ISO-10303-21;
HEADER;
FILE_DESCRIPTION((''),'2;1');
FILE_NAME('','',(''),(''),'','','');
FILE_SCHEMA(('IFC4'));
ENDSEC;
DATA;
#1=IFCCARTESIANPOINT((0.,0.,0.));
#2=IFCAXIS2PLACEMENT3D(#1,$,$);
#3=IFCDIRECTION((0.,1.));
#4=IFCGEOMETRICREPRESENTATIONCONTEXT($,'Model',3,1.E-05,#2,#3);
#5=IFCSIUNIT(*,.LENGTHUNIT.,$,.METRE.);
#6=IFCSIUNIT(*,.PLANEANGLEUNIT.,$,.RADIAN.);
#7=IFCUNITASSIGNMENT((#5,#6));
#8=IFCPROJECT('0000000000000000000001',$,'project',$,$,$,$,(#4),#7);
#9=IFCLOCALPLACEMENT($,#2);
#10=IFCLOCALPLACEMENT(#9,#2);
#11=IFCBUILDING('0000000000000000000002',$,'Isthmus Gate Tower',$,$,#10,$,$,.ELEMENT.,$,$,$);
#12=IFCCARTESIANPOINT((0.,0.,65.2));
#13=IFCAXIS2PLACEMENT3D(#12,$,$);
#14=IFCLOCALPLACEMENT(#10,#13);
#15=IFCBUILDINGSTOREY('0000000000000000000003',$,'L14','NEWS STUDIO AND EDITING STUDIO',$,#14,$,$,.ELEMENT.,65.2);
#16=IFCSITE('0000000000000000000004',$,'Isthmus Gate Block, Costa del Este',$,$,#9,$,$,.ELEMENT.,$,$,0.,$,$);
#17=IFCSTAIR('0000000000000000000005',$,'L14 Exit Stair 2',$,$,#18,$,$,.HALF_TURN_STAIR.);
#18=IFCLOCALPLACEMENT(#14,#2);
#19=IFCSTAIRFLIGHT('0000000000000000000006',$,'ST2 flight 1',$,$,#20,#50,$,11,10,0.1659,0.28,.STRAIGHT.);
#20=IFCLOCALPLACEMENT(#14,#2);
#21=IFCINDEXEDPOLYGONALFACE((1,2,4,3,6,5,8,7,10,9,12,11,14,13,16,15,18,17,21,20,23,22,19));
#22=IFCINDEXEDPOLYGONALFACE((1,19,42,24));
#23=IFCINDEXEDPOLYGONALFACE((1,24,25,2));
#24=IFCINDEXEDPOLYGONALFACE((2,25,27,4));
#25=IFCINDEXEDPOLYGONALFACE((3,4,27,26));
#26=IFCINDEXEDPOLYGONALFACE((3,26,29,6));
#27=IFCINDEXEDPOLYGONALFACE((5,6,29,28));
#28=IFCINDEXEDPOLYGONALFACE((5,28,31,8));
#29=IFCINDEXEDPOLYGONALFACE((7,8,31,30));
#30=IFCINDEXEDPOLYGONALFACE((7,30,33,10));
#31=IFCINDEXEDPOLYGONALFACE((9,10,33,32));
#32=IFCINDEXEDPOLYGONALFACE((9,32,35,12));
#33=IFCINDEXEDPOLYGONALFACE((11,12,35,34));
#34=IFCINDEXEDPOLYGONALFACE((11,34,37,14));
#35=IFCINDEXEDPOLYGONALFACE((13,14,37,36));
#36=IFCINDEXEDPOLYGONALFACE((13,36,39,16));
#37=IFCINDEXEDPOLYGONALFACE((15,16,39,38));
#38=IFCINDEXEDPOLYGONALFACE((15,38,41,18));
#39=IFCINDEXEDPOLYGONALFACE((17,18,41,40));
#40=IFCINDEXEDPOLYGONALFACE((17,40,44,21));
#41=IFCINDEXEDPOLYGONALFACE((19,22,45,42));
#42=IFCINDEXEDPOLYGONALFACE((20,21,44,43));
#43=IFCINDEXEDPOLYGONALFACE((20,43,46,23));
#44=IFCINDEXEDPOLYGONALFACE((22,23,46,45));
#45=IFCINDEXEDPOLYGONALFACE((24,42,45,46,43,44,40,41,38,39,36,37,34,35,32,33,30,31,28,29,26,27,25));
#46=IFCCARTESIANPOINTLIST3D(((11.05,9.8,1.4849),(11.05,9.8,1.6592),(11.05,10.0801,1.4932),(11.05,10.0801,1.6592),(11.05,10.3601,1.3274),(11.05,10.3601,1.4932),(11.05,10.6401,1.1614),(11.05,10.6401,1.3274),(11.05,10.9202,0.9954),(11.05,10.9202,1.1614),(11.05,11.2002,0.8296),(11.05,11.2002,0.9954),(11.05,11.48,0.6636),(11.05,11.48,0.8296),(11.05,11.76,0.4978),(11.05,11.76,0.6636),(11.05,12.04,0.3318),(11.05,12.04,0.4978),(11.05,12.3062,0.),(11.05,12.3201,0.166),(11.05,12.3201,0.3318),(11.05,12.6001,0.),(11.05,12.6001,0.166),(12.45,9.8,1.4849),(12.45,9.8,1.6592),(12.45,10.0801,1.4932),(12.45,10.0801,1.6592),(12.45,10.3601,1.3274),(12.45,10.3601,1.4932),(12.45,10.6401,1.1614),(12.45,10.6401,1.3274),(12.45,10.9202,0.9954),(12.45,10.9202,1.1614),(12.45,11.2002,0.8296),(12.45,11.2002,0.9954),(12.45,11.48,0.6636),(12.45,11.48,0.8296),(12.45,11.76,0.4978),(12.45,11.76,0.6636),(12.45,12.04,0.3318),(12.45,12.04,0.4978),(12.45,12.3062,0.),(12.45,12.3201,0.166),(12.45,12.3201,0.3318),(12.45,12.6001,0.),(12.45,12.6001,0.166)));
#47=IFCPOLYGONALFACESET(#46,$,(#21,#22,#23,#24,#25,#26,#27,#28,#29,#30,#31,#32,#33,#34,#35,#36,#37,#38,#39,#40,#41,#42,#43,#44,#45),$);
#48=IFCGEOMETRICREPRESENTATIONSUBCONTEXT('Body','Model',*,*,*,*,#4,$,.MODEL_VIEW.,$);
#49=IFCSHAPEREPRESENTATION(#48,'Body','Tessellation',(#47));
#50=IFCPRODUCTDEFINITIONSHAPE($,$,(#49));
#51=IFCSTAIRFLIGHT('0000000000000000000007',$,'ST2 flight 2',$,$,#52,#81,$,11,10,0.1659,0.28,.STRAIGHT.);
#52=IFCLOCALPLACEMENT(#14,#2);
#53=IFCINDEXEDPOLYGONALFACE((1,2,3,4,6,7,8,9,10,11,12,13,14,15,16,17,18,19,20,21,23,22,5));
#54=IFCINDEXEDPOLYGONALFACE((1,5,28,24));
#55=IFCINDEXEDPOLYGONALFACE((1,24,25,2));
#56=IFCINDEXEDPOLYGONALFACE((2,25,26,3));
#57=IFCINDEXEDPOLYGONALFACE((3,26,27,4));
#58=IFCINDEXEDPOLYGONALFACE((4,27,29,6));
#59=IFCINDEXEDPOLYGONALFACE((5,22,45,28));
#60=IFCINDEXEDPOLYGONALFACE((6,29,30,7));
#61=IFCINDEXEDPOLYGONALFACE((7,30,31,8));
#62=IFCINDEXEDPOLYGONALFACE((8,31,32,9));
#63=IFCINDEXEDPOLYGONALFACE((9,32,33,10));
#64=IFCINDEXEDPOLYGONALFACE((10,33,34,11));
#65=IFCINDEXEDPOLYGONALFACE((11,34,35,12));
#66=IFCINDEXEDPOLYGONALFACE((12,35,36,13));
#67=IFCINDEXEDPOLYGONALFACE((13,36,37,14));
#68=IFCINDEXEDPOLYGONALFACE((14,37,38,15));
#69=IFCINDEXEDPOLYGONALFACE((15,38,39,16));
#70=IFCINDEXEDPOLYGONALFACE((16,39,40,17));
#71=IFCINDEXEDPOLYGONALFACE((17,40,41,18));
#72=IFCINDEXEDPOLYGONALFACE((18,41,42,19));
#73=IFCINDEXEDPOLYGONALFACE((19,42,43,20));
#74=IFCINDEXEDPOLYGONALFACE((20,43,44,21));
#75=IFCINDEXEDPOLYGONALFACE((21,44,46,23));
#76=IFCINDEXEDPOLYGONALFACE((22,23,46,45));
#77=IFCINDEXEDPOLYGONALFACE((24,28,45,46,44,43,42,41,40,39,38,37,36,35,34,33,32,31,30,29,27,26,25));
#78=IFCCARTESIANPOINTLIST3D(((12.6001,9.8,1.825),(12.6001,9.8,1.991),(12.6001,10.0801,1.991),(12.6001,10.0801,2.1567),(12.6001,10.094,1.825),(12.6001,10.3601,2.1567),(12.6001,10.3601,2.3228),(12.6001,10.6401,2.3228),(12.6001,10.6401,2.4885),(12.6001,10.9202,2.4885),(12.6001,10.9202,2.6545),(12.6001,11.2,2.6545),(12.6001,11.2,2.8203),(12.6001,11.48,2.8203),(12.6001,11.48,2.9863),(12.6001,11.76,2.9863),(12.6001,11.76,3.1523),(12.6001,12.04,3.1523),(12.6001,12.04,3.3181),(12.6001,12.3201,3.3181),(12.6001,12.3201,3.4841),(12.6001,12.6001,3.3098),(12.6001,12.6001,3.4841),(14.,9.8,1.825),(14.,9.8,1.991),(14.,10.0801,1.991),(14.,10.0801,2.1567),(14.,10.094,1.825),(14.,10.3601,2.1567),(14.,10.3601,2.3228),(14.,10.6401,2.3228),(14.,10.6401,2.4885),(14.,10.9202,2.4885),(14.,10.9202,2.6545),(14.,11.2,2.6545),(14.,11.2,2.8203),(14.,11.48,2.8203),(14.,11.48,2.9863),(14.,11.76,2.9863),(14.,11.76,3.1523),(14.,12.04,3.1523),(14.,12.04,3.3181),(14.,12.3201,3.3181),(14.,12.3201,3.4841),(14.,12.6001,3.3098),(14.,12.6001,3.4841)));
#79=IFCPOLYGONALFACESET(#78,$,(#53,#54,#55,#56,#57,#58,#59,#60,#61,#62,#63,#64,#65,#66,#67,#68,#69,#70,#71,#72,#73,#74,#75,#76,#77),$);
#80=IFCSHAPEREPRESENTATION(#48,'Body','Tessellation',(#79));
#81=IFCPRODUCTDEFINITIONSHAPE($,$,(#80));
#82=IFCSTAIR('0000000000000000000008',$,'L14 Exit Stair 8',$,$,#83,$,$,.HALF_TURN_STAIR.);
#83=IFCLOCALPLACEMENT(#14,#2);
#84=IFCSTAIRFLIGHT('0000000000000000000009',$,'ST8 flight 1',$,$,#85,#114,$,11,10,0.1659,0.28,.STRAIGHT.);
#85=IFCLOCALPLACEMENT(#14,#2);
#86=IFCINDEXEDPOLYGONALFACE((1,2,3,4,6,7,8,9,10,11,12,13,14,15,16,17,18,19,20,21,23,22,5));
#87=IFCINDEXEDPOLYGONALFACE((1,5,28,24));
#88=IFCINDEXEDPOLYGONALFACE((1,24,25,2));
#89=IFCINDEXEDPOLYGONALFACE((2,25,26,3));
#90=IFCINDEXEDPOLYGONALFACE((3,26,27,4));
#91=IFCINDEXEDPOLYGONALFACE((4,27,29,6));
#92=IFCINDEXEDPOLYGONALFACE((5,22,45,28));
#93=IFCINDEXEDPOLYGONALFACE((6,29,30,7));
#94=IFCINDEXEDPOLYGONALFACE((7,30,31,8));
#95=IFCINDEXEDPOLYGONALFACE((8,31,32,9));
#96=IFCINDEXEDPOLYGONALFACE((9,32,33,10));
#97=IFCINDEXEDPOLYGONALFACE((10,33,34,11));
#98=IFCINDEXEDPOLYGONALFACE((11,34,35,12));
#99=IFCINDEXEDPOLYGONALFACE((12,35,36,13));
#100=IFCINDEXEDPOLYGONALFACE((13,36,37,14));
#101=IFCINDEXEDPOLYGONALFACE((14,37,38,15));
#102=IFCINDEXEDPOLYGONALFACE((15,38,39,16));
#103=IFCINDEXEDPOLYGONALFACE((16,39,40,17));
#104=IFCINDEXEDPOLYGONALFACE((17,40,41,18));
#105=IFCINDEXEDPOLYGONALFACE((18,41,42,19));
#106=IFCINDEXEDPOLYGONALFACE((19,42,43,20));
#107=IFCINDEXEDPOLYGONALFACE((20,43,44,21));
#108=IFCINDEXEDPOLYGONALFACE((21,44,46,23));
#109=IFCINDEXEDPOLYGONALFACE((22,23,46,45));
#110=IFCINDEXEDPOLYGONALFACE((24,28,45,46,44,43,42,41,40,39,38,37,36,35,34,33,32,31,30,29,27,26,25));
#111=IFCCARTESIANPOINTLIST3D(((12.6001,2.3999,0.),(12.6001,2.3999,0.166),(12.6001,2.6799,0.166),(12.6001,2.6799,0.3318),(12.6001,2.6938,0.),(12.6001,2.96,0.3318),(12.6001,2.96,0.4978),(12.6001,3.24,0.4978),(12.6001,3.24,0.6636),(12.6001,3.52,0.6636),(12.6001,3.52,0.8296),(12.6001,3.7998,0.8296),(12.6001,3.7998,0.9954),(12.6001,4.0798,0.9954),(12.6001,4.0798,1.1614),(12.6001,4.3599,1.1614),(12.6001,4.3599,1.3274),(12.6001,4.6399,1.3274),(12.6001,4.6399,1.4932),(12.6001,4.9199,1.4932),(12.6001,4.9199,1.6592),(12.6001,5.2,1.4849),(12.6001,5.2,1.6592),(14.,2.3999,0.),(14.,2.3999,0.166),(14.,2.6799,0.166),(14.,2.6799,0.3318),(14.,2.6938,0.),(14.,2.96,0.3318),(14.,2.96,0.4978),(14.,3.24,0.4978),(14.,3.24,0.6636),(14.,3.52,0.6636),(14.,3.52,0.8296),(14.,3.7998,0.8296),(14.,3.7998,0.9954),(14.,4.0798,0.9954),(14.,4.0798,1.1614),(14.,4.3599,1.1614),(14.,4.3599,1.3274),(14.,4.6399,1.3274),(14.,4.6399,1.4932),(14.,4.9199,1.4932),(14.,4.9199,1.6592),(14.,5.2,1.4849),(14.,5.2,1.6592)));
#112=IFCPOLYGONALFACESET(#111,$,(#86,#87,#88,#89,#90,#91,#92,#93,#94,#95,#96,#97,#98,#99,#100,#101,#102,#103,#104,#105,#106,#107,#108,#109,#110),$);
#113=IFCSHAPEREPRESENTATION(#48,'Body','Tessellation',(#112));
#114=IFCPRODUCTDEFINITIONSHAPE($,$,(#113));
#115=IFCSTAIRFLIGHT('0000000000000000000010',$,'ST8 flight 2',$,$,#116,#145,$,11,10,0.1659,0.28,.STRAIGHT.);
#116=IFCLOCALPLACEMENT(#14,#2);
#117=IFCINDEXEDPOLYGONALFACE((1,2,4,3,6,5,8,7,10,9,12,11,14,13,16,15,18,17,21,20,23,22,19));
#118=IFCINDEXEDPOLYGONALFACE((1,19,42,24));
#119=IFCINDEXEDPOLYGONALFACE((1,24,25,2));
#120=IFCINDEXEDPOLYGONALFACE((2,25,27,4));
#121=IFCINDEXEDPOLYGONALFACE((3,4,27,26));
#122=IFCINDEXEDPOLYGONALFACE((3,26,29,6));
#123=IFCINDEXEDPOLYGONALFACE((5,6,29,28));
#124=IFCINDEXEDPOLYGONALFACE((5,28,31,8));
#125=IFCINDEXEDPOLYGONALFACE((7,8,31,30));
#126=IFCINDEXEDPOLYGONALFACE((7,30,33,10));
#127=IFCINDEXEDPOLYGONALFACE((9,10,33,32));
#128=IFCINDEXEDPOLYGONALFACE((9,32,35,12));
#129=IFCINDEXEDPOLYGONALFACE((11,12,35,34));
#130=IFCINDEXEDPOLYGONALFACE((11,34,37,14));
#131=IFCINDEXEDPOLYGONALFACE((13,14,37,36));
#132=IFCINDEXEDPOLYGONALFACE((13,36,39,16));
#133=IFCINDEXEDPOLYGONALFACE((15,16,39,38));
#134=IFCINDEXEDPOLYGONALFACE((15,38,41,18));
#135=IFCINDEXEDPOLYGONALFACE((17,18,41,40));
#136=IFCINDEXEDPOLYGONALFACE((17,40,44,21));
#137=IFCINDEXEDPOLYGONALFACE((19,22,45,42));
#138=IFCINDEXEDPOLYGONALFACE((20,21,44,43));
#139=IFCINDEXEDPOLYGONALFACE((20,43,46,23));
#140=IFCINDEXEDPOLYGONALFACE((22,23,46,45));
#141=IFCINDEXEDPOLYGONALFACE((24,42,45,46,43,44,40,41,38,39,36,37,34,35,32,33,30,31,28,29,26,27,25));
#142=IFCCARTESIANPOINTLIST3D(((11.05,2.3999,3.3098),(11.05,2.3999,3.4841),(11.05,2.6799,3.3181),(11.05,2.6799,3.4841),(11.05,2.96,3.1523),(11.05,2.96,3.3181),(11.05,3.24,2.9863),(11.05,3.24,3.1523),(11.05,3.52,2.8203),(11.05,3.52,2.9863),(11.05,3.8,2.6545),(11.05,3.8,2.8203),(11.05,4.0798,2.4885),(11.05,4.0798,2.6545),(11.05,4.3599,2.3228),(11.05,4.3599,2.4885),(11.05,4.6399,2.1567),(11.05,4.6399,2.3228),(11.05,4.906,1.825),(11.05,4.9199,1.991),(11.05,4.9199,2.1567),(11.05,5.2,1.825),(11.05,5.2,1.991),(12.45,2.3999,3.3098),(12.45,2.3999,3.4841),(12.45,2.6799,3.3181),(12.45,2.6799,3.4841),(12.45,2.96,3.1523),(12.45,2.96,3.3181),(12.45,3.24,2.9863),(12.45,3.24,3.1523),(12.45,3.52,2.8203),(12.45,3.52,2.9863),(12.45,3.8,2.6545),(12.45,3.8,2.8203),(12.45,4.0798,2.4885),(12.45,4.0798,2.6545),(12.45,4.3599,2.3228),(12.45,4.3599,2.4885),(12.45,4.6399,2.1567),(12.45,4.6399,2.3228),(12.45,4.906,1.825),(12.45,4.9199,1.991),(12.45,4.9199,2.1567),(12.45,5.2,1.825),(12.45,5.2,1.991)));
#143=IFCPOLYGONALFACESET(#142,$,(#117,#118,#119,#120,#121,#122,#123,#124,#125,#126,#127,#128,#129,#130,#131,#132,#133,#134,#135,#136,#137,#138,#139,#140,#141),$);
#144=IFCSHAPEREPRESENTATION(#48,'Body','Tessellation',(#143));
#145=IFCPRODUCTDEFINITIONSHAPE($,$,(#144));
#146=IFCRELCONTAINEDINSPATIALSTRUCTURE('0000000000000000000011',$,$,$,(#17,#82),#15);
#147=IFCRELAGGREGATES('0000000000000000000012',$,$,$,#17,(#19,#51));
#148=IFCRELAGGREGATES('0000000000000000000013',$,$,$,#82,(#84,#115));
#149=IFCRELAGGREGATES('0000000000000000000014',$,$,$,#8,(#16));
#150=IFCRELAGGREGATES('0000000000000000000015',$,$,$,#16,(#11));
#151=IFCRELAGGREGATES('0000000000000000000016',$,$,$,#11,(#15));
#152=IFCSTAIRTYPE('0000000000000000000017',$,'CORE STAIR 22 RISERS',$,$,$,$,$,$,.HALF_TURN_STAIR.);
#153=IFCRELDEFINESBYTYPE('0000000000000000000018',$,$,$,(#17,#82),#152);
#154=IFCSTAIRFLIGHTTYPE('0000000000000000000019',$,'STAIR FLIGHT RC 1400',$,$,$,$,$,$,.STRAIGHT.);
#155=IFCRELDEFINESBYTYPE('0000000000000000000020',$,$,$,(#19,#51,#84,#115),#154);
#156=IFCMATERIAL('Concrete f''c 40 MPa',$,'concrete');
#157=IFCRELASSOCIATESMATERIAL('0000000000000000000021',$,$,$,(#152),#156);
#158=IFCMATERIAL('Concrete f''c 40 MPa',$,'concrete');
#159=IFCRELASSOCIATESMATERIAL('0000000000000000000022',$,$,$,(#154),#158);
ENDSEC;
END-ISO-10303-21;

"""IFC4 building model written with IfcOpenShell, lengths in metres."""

from ifc_helpers import new_model, si_unit, direction, frame, origin, place, context, subcontext, project, spatial, polyline, outline, extrude, material, type_object, element, aggregate, save


model = new_model("IFC4")

# Units and contexts
model_context = context("Model", 3, precision=1e-05, world=origin(), true_north=direction((0.0, 1.0)))
body_context = subcontext(model_context, "Body", "Model", "MODEL_VIEW")
ifc_project = project(units=[si_unit("LENGTHUNIT", "METRE"), si_unit("PLANEANGLEUNIT", "RADIAN")], contexts=[model_context])

# Site, building, storey
site_placement = place(None, origin())
site = spatial("IfcSite", under=ifc_project, at=site_placement, Name="Isthmus Gate Block, Costa del Este", CompositionType="ELEMENT", RefElevation=0.0)
building_placement = place(site_placement, origin())
building = spatial("IfcBuilding", under=site, at=building_placement, Name="Isthmus Gate Tower", CompositionType="ELEMENT")
storey_placement = place(building_placement, frame((0.0, 0.0, 65.2)))
storey = spatial("IfcBuildingStorey", under=building, at=storey_placement, Name="L14", Description="NEWS STUDIO AND EDITING STUDIO", CompositionType="ELEMENT", Elevation=65.2)

# Stairs, stair flights
ifc_material_1 = material(Name="Concrete f'c 40 MPa", Category="concrete")
stair_type = type_object("IfcStairType", Name="CORE STAIR 22 RISERS", PredefinedType="HALF_TURN_STAIR", material=ifc_material_1)
stair_1_placement = place(storey_placement, origin())
stair_1 = element("IfcStair", 1, at=stair_1_placement, inside=storey, type_object=stair_type, Name="L14 Exit Stair 2", PredefinedType="HALF_TURN_STAIR")
ifc_material_2 = material(Name="Concrete f'c 40 MPa", Category="concrete")
stair_flight_type = type_object("IfcStairFlightType", Name="STAIR FLIGHT RC 1400", PredefinedType="STRAIGHT", material=ifc_material_2)
stair_flight_1_placement = place(storey_placement, frame((11.75, 12.6001, 0.0), z_axis=(0.0, 0.0, 1.0), x_axis=(0.0, -1.0, 0.0)))
stair_flight_1 = element("IfcStairFlight", 2, at=stair_flight_1_placement, type_object=stair_flight_type, Name="ST2 flight 1", NumberOfRisers=11, NumberOfTreads=10, PredefinedType="STRAIGHT", RiserHeight=0.1659, TreadLength=0.28, context=body_context, shape_type="SweptSolid", body=[
    extrude(outline(polyline([(0.0, 0.0), (0.0, 0.166), (0.28, 0.166), (0.28, 0.3318), (0.5601, 0.3318), (0.5601, 0.4978), (0.8401, 0.4978), (0.8401, 0.6636), (1.1201, 0.6636), (1.1201, 0.8296), (1.3999, 0.8296), (1.3999, 0.9954), (1.6799, 0.9954), (1.6799, 1.1614), (1.96, 1.1614), (1.96, 1.3274), (2.24, 1.3274), (2.24, 1.4932), (2.52, 1.4932), (2.52, 1.6592), (2.8, 1.6592), (2.8, 1.825), (2.8, 1.4849), (0.2939, 0.0), (0.0, 0.0)])), frame((0.0, 0.7, 0.0), z_axis=(0.0, -1.0, 0.0), x_axis=(1.0, 0.0, 0.0)), (0.0, 0.0, 1.0), 1.3999),
])
stair_flight_2_placement = place(storey_placement, frame((13.3, 9.8, 1.825), z_axis=(0.0, 0.0, 1.0), x_axis=(0.0, 1.0, 0.0)))
stair_flight_2 = element("IfcStairFlight", 3, at=stair_flight_2_placement, type_object=stair_flight_type, Name="ST2 flight 2", NumberOfRisers=11, NumberOfTreads=10, PredefinedType="STRAIGHT", RiserHeight=0.1659, TreadLength=0.28, context=body_context, shape_type="SweptSolid", body=[
    extrude(outline(polyline([(0.0, 0.0), (0.0, 0.166), (0.28, 0.166), (0.28, 0.3318), (0.5601, 0.3318), (0.5601, 0.4978), (0.8401, 0.4978), (0.8401, 0.6636), (1.1201, 0.6636), (1.1201, 0.8296), (1.3999, 0.8296), (1.3999, 0.9954), (1.6799, 0.9954), (1.6799, 1.1614), (1.96, 1.1614), (1.96, 1.3274), (2.24, 1.3274), (2.24, 1.4932), (2.52, 1.4932), (2.52, 1.6592), (2.8, 1.6592), (2.8, 1.825), (2.8, 1.4849), (0.2939, 0.0), (0.0, 0.0)])), frame((0.0, 0.7, 0.0), z_axis=(0.0, -1.0, 0.0), x_axis=(1.0, 0.0, 0.0)), (0.0, 0.0, 1.0), 1.3999),
])
aggregate(stair_1, [stair_flight_1, stair_flight_2])
stair_2_placement = place(storey_placement, origin())
stair_2 = element("IfcStair", 4, at=stair_2_placement, inside=storey, type_object=stair_type, Name="L14 Exit Stair 8", PredefinedType="HALF_TURN_STAIR")
stair_flight_3_placement = place(storey_placement, frame((13.3, 2.3999, 0.0), z_axis=(0.0, 0.0, 1.0), x_axis=(0.0, 1.0, 0.0)))
stair_flight_3 = element("IfcStairFlight", 5, at=stair_flight_3_placement, type_object=stair_flight_type, Name="ST8 flight 1", NumberOfRisers=11, NumberOfTreads=10, PredefinedType="STRAIGHT", RiserHeight=0.1659, TreadLength=0.28, context=body_context, shape_type="SweptSolid", body=[
    extrude(outline(polyline([(0.0, 0.0), (0.0, 0.166), (0.28, 0.166), (0.28, 0.3318), (0.5601, 0.3318), (0.5601, 0.4978), (0.8401, 0.4978), (0.8401, 0.6636), (1.1201, 0.6636), (1.1201, 0.8296), (1.3999, 0.8296), (1.3999, 0.9954), (1.6799, 0.9954), (1.6799, 1.1614), (1.96, 1.1614), (1.96, 1.3274), (2.24, 1.3274), (2.24, 1.4932), (2.52, 1.4932), (2.52, 1.6592), (2.8, 1.6592), (2.8, 1.825), (2.8, 1.4849), (0.2939, 0.0), (0.0, 0.0)])), frame((0.0, 0.7, 0.0), z_axis=(0.0, -1.0, 0.0), x_axis=(1.0, 0.0, 0.0)), (0.0, 0.0, 1.0), 1.3999),
])
stair_flight_4_placement = place(storey_placement, frame((11.75, 5.2, 1.825), z_axis=(0.0, 0.0, 1.0), x_axis=(0.0, -1.0, 0.0)))
stair_flight_4 = element("IfcStairFlight", 6, at=stair_flight_4_placement, type_object=stair_flight_type, Name="ST8 flight 2", NumberOfRisers=11, NumberOfTreads=10, PredefinedType="STRAIGHT", RiserHeight=0.1659, TreadLength=0.28, context=body_context, shape_type="SweptSolid", body=[
    extrude(outline(polyline([(0.0, 0.0), (0.0, 0.166), (0.28, 0.166), (0.28, 0.3318), (0.5601, 0.3318), (0.5601, 0.4978), (0.8401, 0.4978), (0.8401, 0.6636), (1.1201, 0.6636), (1.1201, 0.8296), (1.3999, 0.8296), (1.3999, 0.9954), (1.6799, 0.9954), (1.6799, 1.1614), (1.96, 1.1614), (1.96, 1.3274), (2.24, 1.3274), (2.24, 1.4932), (2.52, 1.4932), (2.52, 1.6592), (2.8, 1.6592), (2.8, 1.825), (2.8, 1.4849), (0.2939, 0.0), (0.0, 0.0)])), frame((0.0, 0.7, 0.0), z_axis=(0.0, -1.0, 0.0), x_axis=(1.0, 0.0, 0.0)), (0.0, 0.0, 1.0), 1.3999),
])
aggregate(stair_2, [stair_flight_3, stair_flight_4])

save(model, "model.ifc")
